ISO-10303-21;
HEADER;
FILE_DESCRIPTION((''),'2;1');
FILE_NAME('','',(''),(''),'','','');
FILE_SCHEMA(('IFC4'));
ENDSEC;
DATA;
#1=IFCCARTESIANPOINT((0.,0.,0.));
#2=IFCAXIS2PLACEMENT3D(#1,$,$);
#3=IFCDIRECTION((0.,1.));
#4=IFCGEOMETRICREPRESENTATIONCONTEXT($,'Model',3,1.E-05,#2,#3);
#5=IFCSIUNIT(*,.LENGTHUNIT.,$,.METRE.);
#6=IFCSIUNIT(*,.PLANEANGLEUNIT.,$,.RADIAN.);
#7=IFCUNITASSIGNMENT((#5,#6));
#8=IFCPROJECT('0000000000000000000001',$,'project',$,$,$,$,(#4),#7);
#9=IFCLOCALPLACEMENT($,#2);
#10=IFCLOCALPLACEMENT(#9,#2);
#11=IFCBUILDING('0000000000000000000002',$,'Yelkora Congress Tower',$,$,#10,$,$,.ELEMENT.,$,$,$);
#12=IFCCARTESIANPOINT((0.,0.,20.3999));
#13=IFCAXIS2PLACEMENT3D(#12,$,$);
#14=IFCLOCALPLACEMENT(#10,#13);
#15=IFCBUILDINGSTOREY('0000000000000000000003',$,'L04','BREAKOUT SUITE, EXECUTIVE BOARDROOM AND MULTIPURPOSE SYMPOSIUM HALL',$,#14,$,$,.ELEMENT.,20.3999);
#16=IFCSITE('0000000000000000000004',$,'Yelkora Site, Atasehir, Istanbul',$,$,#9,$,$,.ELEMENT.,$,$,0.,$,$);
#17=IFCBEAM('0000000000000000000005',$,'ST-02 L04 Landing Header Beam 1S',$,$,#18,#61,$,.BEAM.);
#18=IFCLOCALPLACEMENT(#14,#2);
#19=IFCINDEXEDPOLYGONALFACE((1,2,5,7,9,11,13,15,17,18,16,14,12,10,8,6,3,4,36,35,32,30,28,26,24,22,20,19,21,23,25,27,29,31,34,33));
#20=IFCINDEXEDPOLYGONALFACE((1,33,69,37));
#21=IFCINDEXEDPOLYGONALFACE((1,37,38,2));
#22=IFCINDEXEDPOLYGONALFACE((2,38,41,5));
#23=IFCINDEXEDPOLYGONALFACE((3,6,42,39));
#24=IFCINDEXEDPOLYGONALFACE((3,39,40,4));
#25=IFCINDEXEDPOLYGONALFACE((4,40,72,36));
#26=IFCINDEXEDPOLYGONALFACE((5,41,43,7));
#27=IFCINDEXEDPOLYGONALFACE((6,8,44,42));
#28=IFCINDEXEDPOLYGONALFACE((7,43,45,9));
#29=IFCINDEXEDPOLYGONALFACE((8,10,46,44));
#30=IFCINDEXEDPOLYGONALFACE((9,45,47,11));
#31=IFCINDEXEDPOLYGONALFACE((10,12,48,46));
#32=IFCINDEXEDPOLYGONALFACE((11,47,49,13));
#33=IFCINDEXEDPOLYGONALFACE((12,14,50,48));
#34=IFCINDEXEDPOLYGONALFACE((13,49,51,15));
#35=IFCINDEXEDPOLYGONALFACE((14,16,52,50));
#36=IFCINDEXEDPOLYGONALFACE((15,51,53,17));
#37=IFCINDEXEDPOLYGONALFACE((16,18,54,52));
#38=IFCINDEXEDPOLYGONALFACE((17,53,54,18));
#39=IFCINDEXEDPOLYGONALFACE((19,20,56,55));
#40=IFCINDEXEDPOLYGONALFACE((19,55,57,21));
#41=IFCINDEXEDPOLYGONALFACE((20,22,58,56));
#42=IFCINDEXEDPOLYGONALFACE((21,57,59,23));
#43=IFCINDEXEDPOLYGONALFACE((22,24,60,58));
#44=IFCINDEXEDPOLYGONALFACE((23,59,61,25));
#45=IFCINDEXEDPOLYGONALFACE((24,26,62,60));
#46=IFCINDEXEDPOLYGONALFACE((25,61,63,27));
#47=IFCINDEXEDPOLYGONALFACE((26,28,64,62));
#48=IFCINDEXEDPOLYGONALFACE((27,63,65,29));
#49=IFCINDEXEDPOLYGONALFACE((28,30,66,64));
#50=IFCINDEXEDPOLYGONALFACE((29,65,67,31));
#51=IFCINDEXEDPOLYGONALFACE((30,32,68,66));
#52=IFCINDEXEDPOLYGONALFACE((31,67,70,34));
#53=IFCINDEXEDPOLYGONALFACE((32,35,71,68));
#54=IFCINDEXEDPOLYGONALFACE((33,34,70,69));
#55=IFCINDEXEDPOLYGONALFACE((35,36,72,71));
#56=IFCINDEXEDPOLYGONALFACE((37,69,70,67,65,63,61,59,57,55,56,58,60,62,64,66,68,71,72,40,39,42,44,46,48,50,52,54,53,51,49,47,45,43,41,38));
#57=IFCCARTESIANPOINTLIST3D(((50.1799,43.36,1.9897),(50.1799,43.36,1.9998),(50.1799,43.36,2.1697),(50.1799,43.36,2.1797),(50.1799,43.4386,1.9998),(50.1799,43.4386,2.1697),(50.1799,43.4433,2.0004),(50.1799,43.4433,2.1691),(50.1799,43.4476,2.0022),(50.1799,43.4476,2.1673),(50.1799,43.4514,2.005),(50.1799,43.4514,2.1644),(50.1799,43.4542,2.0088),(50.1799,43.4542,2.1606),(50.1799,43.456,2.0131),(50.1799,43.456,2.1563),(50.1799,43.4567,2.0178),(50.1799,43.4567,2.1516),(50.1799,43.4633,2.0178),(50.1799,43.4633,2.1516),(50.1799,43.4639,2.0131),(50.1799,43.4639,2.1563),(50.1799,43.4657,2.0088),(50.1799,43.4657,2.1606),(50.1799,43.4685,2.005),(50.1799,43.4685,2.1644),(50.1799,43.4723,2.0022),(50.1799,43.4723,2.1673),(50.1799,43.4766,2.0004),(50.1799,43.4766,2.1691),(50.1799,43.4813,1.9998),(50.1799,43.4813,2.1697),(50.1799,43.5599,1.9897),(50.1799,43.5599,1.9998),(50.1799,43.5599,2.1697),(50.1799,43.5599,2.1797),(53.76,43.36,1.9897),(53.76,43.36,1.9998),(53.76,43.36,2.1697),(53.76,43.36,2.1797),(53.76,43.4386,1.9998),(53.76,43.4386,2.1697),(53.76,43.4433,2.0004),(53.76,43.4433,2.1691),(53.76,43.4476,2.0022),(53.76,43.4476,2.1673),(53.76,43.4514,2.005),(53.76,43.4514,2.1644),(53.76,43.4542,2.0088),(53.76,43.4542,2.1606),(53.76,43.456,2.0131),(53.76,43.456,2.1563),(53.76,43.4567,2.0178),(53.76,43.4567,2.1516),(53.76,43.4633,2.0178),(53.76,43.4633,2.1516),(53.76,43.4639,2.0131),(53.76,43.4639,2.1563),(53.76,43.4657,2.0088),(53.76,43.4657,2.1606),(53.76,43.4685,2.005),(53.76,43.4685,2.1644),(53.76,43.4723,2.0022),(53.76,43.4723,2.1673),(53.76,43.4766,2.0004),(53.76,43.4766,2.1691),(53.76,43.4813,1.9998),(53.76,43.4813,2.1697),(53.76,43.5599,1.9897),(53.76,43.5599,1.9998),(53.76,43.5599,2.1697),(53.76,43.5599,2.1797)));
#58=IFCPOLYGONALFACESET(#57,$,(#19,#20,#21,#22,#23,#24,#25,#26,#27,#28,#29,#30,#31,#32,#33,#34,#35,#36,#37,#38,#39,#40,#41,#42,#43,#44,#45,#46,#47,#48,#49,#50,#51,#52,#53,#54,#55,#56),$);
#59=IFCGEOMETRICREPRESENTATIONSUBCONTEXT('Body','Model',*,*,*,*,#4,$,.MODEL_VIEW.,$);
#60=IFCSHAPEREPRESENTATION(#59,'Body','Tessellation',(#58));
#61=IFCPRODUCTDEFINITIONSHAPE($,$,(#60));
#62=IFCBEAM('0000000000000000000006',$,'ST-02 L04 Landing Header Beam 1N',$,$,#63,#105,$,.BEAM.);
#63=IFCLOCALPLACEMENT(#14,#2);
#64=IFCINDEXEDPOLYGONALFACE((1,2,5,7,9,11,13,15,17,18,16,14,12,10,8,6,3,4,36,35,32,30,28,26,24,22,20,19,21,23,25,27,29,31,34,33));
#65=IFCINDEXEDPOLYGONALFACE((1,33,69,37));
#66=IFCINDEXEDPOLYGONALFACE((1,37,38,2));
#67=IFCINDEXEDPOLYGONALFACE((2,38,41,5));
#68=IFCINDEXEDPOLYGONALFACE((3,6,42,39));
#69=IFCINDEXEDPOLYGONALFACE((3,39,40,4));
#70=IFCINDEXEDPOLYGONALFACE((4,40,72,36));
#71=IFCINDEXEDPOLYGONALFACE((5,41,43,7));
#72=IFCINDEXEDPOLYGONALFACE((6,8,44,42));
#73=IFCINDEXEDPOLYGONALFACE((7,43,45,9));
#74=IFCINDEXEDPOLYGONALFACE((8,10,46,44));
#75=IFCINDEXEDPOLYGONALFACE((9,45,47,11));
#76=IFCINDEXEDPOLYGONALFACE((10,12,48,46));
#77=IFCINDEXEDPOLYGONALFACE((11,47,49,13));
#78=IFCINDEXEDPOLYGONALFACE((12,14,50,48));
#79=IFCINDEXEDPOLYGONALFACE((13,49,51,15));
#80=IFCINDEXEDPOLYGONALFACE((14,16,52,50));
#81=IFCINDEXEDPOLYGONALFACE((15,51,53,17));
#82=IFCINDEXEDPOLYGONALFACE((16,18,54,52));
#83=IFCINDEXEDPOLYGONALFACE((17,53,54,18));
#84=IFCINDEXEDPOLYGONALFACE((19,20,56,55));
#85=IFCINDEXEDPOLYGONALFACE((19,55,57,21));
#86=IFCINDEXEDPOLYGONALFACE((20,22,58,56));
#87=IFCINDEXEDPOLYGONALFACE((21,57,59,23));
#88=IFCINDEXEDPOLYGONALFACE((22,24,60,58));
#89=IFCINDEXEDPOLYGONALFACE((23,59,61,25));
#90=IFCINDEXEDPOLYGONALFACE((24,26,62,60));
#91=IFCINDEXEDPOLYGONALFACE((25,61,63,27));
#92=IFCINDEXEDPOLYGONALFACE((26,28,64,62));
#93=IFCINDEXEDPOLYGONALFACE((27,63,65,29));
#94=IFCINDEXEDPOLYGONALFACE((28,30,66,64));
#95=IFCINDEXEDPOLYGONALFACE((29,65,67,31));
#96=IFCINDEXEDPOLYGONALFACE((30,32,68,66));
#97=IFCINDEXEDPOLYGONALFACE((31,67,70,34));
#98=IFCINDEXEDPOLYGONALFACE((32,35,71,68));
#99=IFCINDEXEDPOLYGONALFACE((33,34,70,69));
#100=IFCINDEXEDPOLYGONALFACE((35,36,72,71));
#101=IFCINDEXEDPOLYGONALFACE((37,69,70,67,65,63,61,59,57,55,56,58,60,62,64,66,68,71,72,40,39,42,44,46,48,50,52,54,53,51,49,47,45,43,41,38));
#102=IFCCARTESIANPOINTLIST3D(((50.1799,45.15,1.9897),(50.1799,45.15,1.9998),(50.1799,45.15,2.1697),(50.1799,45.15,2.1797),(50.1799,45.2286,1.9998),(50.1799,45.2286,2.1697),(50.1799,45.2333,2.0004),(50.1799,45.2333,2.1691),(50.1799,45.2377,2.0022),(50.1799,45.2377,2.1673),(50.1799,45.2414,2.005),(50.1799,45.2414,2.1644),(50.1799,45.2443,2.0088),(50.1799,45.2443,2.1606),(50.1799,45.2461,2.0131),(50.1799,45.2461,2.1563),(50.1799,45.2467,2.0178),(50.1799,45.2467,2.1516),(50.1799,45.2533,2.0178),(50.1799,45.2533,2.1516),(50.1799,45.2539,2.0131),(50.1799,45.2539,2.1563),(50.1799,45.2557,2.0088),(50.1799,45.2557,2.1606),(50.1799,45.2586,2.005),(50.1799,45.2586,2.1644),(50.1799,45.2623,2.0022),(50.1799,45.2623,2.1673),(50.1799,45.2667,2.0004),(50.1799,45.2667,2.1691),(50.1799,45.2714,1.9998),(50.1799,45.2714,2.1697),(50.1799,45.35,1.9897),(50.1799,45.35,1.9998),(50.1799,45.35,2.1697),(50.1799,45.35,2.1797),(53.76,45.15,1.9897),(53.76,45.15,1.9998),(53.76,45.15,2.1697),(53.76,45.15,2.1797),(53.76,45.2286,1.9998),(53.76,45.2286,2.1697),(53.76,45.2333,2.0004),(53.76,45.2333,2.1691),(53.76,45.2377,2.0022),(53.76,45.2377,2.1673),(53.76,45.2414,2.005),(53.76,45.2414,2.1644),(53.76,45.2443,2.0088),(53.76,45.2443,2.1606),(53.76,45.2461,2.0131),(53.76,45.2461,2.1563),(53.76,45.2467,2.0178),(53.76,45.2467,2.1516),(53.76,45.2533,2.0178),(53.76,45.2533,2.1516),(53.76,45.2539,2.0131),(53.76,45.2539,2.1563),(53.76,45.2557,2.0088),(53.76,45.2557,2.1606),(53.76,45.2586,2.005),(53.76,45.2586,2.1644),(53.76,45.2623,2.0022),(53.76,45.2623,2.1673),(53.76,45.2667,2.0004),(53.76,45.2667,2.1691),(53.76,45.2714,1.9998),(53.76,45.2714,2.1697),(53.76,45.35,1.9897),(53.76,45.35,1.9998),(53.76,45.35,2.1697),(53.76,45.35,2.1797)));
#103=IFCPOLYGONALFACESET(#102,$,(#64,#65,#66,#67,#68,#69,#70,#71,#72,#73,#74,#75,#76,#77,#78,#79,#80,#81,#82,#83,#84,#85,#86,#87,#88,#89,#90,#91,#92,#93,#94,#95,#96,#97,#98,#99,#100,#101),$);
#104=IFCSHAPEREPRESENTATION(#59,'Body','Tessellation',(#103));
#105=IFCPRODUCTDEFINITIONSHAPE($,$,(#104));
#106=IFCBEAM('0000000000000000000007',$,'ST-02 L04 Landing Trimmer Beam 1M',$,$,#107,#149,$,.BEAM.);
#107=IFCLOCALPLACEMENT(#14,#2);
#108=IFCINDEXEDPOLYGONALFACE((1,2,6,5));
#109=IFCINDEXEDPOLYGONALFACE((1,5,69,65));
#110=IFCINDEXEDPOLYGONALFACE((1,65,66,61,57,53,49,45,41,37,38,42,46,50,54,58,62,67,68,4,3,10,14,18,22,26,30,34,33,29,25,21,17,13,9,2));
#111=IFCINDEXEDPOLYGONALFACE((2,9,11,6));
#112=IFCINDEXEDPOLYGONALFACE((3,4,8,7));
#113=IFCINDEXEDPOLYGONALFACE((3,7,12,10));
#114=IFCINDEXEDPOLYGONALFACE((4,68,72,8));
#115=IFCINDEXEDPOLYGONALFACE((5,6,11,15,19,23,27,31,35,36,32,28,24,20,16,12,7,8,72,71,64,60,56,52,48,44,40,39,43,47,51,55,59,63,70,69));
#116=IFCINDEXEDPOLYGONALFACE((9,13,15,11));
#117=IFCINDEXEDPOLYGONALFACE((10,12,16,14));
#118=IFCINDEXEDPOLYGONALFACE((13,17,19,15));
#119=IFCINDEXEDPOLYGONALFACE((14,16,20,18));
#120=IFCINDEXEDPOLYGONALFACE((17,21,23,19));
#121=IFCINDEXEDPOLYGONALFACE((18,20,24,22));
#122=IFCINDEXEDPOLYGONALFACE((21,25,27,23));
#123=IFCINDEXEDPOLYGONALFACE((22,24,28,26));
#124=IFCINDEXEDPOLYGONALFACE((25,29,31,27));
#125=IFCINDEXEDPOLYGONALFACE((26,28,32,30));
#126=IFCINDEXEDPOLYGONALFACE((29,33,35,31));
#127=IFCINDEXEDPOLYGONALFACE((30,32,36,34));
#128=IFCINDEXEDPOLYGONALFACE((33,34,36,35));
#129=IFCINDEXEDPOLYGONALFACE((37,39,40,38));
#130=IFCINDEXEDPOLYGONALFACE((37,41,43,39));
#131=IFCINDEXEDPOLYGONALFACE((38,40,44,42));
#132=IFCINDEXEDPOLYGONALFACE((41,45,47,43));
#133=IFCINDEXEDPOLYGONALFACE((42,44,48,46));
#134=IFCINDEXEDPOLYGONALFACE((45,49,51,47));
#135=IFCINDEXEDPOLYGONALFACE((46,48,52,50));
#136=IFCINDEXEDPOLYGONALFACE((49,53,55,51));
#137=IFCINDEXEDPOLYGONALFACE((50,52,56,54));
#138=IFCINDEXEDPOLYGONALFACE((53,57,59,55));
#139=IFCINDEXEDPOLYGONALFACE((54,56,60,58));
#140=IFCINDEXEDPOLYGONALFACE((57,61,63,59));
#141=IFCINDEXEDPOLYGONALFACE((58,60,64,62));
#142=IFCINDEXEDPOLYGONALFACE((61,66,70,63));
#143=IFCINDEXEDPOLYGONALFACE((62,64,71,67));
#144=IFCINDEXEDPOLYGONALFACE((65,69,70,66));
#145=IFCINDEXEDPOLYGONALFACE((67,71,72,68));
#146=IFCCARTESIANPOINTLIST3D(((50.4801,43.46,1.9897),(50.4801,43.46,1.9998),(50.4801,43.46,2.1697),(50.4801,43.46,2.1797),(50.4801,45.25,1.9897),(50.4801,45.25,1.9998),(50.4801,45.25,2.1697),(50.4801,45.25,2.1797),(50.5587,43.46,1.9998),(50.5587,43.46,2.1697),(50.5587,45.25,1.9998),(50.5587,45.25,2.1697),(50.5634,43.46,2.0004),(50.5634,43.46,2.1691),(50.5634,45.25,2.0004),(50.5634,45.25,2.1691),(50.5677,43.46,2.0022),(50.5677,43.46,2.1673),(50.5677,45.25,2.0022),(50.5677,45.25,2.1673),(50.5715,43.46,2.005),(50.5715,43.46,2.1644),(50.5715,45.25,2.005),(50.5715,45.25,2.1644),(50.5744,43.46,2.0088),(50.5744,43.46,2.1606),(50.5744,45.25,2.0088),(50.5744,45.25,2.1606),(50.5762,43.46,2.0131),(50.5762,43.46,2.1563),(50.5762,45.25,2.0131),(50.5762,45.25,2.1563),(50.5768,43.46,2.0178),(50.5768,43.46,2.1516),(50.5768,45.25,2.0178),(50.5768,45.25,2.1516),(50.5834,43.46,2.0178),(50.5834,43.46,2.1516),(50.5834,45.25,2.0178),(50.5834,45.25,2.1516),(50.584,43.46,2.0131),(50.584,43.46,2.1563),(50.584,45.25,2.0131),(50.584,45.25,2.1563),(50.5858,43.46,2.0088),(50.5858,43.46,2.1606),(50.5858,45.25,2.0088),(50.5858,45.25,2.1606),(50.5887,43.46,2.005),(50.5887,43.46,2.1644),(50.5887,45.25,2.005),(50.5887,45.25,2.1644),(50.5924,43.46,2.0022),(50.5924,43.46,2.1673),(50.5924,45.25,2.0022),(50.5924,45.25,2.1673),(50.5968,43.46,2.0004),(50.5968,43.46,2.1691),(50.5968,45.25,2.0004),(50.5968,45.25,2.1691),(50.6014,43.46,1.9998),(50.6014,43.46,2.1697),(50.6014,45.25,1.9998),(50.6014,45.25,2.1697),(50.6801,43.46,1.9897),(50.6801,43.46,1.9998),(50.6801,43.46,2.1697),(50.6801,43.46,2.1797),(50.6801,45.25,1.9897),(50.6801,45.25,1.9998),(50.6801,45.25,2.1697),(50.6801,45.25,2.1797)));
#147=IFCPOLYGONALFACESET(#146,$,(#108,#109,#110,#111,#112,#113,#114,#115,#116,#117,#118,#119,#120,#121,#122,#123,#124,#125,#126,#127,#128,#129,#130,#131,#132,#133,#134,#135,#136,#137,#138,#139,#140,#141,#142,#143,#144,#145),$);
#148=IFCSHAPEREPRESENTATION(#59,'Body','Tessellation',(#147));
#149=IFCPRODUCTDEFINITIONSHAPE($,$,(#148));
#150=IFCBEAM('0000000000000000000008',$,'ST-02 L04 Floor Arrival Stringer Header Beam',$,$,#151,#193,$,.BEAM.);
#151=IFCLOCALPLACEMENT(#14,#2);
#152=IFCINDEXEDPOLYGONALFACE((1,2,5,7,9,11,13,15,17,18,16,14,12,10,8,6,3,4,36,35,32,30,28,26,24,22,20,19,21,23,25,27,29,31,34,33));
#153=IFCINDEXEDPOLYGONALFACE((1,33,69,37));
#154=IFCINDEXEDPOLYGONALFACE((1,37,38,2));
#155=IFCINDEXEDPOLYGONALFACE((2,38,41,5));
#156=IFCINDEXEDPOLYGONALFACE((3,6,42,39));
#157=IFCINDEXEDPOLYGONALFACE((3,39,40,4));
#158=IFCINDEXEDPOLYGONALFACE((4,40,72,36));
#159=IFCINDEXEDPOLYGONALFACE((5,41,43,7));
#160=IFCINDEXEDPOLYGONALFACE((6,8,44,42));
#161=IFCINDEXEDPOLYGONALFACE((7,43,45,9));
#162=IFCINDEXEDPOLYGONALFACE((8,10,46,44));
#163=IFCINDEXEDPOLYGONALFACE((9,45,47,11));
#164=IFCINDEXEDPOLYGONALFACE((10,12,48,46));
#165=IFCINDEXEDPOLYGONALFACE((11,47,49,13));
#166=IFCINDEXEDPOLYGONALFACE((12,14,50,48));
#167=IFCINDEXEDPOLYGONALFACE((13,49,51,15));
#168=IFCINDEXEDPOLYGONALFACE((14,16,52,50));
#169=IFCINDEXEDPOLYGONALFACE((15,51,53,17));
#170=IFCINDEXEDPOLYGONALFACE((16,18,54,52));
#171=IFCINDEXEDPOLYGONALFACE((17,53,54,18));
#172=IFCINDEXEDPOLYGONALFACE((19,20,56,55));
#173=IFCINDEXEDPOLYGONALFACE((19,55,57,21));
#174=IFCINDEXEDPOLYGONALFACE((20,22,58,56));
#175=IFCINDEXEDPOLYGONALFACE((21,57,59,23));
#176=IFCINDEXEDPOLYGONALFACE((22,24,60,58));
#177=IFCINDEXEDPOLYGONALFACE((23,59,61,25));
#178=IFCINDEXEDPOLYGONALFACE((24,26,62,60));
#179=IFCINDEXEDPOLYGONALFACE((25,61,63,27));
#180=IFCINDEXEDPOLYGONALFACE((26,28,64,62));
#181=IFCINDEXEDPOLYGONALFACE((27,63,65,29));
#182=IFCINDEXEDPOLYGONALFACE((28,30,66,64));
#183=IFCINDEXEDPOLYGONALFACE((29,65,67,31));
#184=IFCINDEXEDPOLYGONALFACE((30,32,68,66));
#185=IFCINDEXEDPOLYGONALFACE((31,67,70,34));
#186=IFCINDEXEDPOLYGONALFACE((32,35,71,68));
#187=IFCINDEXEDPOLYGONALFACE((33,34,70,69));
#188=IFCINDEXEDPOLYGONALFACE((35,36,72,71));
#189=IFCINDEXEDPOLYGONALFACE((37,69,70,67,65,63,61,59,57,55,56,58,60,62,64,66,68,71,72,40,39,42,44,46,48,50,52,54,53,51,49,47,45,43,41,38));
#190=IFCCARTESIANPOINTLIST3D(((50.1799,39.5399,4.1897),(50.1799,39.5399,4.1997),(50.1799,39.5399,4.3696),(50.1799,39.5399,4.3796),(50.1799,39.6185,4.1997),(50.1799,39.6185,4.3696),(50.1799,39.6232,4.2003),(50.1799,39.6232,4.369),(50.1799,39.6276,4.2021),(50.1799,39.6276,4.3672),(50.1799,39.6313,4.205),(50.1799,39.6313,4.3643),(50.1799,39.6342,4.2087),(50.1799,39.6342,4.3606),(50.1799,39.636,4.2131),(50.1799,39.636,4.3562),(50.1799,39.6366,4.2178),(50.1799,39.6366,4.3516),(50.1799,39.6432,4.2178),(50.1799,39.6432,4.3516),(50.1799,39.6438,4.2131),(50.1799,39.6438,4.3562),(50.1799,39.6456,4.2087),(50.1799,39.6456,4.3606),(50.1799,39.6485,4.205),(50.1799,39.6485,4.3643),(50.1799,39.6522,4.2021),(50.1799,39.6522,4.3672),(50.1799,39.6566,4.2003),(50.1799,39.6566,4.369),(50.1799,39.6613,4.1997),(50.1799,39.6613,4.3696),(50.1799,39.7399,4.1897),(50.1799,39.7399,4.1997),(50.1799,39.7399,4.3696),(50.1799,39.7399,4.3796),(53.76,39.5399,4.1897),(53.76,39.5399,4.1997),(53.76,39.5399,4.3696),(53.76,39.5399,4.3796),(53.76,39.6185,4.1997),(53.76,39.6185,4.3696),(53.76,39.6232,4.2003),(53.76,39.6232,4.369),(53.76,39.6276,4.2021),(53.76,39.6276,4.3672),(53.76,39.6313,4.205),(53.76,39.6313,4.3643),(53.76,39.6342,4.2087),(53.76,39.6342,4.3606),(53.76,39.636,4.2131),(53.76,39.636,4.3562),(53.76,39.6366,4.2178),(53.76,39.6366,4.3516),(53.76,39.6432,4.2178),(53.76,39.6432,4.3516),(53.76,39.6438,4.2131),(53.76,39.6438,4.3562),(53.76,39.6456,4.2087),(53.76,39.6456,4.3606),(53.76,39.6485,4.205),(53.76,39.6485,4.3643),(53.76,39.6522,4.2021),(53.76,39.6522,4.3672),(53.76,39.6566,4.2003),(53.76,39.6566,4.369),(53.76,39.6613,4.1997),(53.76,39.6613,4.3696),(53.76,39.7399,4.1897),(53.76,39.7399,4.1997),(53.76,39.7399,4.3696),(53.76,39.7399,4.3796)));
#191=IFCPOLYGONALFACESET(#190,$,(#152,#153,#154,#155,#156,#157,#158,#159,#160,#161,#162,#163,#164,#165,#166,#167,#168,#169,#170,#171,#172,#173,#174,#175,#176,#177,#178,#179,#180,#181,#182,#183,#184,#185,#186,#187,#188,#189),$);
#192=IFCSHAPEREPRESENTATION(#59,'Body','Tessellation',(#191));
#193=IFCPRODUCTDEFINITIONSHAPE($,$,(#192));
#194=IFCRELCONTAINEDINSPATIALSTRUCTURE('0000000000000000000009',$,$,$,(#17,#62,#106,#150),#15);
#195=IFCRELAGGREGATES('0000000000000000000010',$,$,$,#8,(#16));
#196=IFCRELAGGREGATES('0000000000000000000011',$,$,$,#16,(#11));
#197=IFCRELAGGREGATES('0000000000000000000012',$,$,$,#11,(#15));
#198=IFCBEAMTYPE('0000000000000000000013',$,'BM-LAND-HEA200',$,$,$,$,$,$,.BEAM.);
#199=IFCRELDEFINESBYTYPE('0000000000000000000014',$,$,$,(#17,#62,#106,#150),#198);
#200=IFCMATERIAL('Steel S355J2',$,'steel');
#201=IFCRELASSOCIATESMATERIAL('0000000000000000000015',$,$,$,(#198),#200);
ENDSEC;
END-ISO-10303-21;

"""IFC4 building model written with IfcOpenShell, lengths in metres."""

from ifc_helpers import new_model, si_unit, direction, frame, origin, origin_2d, place, context, subcontext, project, spatial, i_section, extrude, material, material_profile, profile_set, type_object, element, save


model = new_model("IFC4")

# Units and contexts
model_context = context("Model", 3, precision=1e-05, world=origin(), true_north=direction((0.0, 1.0)))
body_context = subcontext(model_context, "Body", "Model", "MODEL_VIEW")
ifc_project = project(units=[si_unit("LENGTHUNIT", "METRE"), si_unit("PLANEANGLEUNIT", "RADIAN")], contexts=[model_context])

# Site, building, storey
site_placement = place(None, origin())
site = spatial("IfcSite", under=ifc_project, at=site_placement, Name="Yelkora Site, Atasehir, Istanbul", CompositionType="ELEMENT", RefElevation=0.0)
building_placement = place(site_placement, origin())
building = spatial("IfcBuilding", under=site, at=building_placement, Name="Yelkora Congress Tower", CompositionType="ELEMENT")
storey_placement = place(building_placement, frame((0.0, 0.0, 20.3999)))
storey = spatial("IfcBuildingStorey", under=building, at=storey_placement, Name="L04", Description="BREAKOUT SUITE, EXECUTIVE BOARDROOM AND MULTIPURPOSE SYMPOSIUM HALL", CompositionType="ELEMENT", Elevation=20.3999)

# Beams
ifc_material_1 = material(Name="Steel S355J2", Category="steel")
ifc_material_profile = material_profile(ifc_material_1, i_section(OverallWidth=0.2, OverallDepth=0.1899, WebThickness=0.0066, FlangeThickness=0.01, FilletRadius=0.0181, at=origin_2d()), Name="HEA 200")
ifc_profile_set = profile_set([ifc_material_profile], Name="Steel S355J2")
beam_type = type_object("IfcBeamType", Name="BM-LAND-HEA200", PredefinedType="BEAM", material=ifc_profile_set)
for number, where, z_axis, x_axis, name in (
    (1, (50.1799, 43.46, 2.0847), (1.0, 0.0, 0.0), (0.0, 1.0, 0.0), "ST-02 L04 Landing Header Beam 1S"),
    (2, (50.1799, 45.25, 2.0847), (1.0, 0.0, 0.0), (0.0, 1.0, 0.0), "ST-02 L04 Landing Header Beam 1N"),
):
    element("IfcBeam", number, at=place(storey_placement, frame(where, z_axis=z_axis, x_axis=x_axis)), inside=storey, type_object=beam_type, Name=name, PredefinedType="BEAM", context=body_context, shape_type="SweptSolid", body=[
        extrude(i_section(OverallWidth=0.2, OverallDepth=0.1899, WebThickness=0.0066, FlangeThickness=0.01, FilletRadius=0.0181, at=origin_2d()), origin(), (0.0, 0.0, 1.0), 3.5801),
    ])
beam_1_placement = place(storey_placement, frame((50.5801, 43.46, 2.0847), z_axis=(0.0, 1.0, 0.0), x_axis=(-1.0, 0.0, 0.0)))
element("IfcBeam", 3, at=beam_1_placement, inside=storey, type_object=beam_type, Name="ST-02 L04 Landing Trimmer Beam 1M", PredefinedType="BEAM", context=body_context, shape_type="SweptSolid", body=[
    extrude(i_section(OverallWidth=0.2, OverallDepth=0.1899, WebThickness=0.0066, FlangeThickness=0.01, FilletRadius=0.0181, at=origin_2d()), origin(), (0.0, 0.0, 1.0), 1.79),
])
beam_2_placement = place(storey_placement, frame((50.1799, 39.6399, 4.2847), z_axis=(1.0, 0.0, 0.0), x_axis=(0.0, 1.0, 0.0)))
element("IfcBeam", 4, at=beam_2_placement, inside=storey, type_object=beam_type, Name="ST-02 L04 Floor Arrival Stringer Header Beam", PredefinedType="BEAM", context=body_context, shape_type="SweptSolid", body=[
    extrude(i_section(OverallWidth=0.2, OverallDepth=0.1899, WebThickness=0.0066, FlangeThickness=0.01, FilletRadius=0.0181, at=origin_2d()), origin(), (0.0, 0.0, 1.0), 3.5801),
])

save(model, "model.ifc")
